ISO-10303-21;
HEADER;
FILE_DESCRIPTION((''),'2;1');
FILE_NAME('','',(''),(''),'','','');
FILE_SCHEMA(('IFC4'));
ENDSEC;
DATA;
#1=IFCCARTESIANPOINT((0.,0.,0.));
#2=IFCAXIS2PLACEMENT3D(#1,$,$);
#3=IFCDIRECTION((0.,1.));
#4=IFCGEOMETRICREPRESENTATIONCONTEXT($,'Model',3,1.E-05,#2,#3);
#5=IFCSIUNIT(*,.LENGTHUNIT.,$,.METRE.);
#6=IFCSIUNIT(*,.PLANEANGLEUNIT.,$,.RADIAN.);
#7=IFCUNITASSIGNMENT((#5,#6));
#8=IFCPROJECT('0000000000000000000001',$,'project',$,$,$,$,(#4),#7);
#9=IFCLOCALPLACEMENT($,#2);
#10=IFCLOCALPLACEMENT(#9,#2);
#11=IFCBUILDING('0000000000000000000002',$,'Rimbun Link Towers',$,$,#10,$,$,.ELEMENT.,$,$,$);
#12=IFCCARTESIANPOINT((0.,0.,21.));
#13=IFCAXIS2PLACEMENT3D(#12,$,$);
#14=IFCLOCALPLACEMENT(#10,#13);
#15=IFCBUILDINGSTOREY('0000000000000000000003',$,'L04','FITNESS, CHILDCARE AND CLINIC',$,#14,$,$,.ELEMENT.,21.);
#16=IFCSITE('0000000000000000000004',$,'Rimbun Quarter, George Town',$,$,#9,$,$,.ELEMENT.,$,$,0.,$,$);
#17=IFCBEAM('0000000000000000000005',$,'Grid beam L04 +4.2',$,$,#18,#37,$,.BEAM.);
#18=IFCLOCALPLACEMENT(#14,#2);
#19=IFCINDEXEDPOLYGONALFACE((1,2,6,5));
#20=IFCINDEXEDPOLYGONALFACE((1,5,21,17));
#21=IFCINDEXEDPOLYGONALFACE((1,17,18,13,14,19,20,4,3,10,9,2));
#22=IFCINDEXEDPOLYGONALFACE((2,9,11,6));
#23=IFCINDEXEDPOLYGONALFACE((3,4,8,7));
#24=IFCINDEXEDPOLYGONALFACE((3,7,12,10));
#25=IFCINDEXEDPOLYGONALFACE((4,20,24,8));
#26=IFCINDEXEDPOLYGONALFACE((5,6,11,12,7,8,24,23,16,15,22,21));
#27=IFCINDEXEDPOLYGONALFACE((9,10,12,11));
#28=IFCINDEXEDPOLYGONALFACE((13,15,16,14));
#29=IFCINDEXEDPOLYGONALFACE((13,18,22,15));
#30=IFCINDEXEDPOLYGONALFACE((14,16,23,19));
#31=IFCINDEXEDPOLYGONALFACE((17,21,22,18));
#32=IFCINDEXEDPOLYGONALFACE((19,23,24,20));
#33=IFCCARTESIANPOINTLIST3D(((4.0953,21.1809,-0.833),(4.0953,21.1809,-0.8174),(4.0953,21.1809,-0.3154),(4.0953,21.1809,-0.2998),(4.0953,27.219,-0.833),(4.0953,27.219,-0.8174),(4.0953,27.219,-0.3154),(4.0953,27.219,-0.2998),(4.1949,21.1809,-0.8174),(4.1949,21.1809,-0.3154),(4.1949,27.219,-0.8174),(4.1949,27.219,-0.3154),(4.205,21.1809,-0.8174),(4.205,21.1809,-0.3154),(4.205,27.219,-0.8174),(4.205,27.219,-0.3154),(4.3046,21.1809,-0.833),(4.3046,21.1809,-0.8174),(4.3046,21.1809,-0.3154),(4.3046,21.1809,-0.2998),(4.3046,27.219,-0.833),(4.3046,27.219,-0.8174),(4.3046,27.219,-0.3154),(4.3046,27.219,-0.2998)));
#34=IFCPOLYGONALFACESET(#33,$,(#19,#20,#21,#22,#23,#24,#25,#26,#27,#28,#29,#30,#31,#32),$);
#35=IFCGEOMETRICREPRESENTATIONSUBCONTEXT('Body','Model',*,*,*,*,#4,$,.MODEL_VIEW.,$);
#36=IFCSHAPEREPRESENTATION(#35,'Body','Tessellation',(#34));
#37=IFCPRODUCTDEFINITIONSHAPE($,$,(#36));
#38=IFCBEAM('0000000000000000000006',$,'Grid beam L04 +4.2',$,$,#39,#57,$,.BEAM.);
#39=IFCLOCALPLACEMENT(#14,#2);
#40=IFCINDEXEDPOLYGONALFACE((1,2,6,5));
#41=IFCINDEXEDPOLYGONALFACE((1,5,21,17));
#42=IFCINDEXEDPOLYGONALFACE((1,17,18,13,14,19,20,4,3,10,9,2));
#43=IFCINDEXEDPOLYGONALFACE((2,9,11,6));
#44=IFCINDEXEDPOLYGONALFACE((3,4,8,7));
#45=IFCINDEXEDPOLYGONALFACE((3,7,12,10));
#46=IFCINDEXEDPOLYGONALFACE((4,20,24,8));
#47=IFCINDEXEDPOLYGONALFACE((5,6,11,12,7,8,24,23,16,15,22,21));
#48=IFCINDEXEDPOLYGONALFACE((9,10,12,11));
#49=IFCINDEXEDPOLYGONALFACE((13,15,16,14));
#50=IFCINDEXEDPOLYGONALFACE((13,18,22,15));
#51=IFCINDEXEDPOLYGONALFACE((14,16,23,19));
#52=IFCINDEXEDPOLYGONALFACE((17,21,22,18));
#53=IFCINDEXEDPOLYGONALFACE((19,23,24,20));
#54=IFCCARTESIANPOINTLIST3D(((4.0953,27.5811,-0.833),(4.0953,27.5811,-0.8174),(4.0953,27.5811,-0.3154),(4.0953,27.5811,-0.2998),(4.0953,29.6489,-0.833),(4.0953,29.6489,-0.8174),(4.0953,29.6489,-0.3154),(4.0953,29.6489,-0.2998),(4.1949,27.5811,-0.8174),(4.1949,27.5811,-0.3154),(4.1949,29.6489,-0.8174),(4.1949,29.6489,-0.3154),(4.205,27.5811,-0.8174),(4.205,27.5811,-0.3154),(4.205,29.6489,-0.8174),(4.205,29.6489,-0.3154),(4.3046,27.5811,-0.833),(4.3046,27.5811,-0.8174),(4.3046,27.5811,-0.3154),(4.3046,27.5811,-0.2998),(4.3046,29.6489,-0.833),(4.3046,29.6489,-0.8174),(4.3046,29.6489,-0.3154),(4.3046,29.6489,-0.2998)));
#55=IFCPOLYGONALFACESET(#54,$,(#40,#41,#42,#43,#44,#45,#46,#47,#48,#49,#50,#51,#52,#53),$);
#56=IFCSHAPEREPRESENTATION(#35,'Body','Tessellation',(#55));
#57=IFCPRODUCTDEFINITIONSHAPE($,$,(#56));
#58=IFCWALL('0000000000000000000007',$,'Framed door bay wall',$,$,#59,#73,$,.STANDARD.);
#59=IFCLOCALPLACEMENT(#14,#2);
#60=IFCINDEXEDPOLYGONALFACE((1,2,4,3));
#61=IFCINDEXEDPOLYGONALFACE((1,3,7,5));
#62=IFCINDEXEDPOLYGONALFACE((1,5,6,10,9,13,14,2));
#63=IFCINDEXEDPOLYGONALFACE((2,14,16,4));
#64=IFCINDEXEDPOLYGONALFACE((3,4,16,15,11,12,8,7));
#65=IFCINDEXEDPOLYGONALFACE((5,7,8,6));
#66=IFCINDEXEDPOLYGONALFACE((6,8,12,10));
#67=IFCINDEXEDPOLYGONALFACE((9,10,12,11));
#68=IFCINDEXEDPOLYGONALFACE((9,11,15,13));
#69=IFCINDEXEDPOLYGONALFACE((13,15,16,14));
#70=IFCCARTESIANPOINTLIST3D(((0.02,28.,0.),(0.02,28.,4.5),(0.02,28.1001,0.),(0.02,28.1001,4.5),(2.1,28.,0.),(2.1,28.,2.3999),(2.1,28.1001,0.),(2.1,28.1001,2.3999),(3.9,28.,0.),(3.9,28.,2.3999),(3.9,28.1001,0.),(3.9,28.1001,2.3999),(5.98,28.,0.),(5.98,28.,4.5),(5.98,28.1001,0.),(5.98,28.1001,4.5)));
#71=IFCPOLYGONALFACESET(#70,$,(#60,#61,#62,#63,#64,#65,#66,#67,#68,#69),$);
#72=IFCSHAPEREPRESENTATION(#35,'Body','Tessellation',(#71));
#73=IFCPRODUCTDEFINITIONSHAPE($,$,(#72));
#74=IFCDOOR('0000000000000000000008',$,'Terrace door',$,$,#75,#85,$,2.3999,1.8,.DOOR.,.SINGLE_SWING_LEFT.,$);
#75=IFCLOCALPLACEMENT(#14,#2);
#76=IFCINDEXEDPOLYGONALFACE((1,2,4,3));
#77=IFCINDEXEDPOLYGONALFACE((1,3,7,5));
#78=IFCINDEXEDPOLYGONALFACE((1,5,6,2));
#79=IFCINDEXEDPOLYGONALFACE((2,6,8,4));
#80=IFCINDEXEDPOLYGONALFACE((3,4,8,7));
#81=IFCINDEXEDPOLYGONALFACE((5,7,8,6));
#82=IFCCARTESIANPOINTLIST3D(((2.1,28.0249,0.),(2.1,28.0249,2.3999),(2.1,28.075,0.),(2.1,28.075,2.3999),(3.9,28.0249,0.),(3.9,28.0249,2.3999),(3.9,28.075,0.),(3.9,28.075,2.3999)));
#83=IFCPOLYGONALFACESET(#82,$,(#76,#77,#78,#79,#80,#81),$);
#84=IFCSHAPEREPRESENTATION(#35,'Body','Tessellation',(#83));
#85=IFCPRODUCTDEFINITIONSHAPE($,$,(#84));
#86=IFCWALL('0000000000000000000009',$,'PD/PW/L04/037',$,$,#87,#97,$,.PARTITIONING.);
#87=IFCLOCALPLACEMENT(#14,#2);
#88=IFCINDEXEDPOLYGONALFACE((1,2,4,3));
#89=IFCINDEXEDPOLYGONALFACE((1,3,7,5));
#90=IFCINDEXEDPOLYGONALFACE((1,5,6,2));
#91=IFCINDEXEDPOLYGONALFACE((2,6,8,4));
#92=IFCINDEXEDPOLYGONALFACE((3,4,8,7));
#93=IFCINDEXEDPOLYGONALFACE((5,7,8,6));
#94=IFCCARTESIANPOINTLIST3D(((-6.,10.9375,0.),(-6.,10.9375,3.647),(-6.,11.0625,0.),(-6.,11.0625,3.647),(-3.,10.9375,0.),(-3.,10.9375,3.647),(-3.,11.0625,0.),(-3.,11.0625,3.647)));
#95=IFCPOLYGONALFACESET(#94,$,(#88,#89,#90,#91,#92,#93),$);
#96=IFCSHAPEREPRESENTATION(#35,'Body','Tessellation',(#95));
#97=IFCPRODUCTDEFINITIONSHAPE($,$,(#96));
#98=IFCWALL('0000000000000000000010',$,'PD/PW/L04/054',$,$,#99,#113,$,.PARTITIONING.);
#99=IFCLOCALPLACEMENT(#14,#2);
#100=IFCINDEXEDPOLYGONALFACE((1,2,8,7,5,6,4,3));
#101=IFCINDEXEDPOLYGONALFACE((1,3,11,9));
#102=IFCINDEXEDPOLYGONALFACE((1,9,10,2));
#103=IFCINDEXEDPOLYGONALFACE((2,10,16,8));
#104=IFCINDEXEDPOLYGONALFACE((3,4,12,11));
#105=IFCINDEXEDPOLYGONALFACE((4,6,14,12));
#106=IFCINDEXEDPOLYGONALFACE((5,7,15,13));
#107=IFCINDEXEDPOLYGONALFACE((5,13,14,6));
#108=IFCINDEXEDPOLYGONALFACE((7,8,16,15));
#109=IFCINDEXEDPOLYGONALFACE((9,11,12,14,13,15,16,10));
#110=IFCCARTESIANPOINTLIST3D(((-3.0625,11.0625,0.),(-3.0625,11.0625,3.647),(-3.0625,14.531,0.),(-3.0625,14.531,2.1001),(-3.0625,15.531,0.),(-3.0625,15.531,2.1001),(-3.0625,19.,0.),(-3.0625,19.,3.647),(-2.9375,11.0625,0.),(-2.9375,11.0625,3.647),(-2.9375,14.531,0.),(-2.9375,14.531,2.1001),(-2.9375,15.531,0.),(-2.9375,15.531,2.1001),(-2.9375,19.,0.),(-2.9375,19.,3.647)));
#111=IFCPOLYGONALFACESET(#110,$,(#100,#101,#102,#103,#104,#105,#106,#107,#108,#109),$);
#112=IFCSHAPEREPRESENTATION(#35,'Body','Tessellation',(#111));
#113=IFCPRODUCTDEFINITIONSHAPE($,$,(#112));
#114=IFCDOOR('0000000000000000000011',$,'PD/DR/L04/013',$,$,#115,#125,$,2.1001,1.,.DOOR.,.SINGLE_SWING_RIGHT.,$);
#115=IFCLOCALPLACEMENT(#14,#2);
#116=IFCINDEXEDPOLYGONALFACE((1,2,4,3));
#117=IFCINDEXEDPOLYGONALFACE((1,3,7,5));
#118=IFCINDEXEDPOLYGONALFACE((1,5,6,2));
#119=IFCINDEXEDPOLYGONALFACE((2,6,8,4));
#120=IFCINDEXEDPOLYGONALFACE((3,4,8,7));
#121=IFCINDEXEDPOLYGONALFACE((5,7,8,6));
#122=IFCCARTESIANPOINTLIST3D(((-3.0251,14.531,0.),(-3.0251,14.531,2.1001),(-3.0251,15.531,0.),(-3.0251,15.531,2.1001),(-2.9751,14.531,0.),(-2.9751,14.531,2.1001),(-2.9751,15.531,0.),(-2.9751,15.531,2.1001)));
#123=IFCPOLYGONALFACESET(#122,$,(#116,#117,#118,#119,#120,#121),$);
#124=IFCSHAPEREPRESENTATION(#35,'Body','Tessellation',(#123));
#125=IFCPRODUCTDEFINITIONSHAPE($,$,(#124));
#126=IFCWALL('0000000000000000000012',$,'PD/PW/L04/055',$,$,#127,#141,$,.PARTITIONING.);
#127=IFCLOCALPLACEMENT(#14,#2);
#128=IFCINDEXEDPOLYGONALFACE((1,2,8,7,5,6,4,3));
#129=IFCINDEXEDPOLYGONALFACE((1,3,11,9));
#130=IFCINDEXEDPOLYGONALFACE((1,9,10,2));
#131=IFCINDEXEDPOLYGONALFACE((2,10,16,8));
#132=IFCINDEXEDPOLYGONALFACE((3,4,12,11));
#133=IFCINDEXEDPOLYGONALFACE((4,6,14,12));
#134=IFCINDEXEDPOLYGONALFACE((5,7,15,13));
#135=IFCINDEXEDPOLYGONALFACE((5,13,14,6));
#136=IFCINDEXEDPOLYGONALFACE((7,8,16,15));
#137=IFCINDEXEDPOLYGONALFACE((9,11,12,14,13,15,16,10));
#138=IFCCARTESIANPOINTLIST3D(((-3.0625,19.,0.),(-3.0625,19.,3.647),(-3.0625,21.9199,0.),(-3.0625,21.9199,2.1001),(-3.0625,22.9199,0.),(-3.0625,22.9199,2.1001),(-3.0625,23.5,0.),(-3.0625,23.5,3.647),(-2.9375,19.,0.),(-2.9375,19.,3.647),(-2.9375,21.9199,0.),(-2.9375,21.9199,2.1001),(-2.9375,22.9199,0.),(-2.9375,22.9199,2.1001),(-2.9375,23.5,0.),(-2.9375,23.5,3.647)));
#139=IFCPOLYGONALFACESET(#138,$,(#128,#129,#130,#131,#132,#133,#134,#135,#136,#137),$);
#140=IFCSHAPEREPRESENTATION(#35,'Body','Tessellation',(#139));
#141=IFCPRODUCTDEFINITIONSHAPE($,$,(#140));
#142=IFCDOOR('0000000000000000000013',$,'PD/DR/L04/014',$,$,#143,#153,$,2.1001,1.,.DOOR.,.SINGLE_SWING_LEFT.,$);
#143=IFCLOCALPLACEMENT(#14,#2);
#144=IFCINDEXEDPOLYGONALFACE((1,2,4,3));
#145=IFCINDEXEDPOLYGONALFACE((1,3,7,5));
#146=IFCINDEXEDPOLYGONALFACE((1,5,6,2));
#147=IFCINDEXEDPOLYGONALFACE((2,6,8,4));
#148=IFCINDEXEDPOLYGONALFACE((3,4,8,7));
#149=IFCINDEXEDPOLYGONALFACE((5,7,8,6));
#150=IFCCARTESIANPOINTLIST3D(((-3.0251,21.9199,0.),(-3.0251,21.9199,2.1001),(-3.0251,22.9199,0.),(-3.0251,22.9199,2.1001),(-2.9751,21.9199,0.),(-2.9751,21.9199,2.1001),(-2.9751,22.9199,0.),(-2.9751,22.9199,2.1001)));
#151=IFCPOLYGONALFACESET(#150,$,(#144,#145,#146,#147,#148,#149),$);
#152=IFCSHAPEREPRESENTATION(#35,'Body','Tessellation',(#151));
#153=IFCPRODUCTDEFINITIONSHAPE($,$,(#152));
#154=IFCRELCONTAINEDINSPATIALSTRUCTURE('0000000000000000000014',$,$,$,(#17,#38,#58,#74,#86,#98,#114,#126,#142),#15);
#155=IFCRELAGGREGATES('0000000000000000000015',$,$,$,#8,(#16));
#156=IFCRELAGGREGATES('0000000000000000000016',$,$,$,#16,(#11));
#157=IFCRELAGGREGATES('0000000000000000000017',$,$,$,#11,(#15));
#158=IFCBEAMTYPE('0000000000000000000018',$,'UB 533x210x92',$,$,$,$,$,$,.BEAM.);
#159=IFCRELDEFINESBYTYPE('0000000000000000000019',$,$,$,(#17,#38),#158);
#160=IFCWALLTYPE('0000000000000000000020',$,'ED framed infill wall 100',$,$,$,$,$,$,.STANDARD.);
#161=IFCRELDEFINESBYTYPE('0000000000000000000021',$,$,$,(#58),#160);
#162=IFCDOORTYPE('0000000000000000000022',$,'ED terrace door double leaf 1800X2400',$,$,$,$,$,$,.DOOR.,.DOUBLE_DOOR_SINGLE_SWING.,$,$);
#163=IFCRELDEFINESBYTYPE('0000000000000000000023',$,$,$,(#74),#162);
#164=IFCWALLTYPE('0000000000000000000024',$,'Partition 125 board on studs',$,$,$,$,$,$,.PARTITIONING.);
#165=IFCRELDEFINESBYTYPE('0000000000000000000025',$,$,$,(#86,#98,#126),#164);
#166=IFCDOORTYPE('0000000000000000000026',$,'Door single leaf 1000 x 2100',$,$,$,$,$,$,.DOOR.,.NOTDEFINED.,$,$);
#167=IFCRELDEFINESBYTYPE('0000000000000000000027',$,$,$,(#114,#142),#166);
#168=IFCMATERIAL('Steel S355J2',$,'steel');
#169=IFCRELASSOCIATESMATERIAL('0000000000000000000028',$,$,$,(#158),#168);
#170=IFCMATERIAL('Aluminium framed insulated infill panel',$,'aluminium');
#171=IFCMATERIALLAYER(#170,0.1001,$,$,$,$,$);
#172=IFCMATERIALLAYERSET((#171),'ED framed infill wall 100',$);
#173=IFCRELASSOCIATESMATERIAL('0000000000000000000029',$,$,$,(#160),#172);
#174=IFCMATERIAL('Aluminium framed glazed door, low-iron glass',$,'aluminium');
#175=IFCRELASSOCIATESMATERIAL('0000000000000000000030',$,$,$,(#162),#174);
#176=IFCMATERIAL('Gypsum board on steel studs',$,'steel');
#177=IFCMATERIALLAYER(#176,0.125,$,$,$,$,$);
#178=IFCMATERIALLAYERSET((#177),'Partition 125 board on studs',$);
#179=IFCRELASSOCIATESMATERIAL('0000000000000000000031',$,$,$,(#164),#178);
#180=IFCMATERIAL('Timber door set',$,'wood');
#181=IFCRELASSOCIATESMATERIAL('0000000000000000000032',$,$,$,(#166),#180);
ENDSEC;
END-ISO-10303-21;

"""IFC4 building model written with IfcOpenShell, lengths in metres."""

from ifc_helpers import new_model, si_unit, direction, frame, frame_2d, origin, origin_2d, place, context, subcontext, project, spatial, rectangle, i_section, extrude, material, layer, layer_set, material_profile, profile_set, type_object, element, fill, save


model = new_model("IFC4")

# Units and contexts
model_context = context("Model", 3, precision=1e-05, world=origin(), true_north=direction((0.0, 1.0)))
body_context = subcontext(model_context, "Body", "Model", "MODEL_VIEW")
ifc_project = project(units=[si_unit("LENGTHUNIT", "METRE"), si_unit("PLANEANGLEUNIT", "RADIAN")], contexts=[model_context])

# Site, building, storey
site_placement = place(None, origin())
site = spatial("IfcSite", under=ifc_project, at=site_placement, Name="Rimbun Quarter, George Town", CompositionType="ELEMENT", RefElevation=0.0)
building_placement = place(site_placement, origin())
building = spatial("IfcBuilding", under=site, at=building_placement, Name="Rimbun Link Towers", CompositionType="ELEMENT")
storey_placement = place(building_placement, frame((0.0, 0.0, 21.0)))
storey = spatial("IfcBuildingStorey", under=building, at=storey_placement, Name="L04", Description="FITNESS, CHILDCARE AND CLINIC", CompositionType="ELEMENT", Elevation=21.0)

# Beams
ifc_material_1 = material(Name="Steel S355J2", Category="steel")
ifc_material_profile_1 = material_profile(ifc_material_1, i_section(OverallWidth=0.2092, OverallDepth=0.5332, WebThickness=0.01, FlangeThickness=0.0156, at=origin_2d()), Name="UB 533x210x92")
ifc_profile_set_1 = profile_set([ifc_material_profile_1], Name="Steel S355J2")
beam_type = type_object("IfcBeamType", Name="UB 533x210x92", PredefinedType="BEAM", material=ifc_profile_set_1)
beam_1_placement = place(storey_placement, frame((4.2, 21.1809, -0.5664), z_axis=(0.0, 1.0, 0.0), x_axis=(-1.0, 0.0, 0.0)))
element("IfcBeam", 1, at=beam_1_placement, inside=storey, type_object=beam_type, Name="Grid beam L04 +4.2", PredefinedType="BEAM", context=body_context, shape_type="SweptSolid", body=[
    extrude(i_section(OverallWidth=0.2092, OverallDepth=0.5332, WebThickness=0.01, FlangeThickness=0.0156, at=origin_2d()), origin(), (0.0, 0.0, 1.0), 6.0381),
])
beam_2_placement = place(storey_placement, frame((4.2, 27.5811, -0.5664), z_axis=(0.0, 1.0, 0.0), x_axis=(-1.0, 0.0, 0.0)))
element("IfcBeam", 2, at=beam_2_placement, inside=storey, type_object=beam_type, Name="Grid beam L04 +4.2", PredefinedType="BEAM", context=body_context, shape_type="SweptSolid", body=[
    extrude(i_section(OverallWidth=0.2092, OverallDepth=0.5332, WebThickness=0.01, FlangeThickness=0.0156, at=origin_2d()), origin(), (0.0, 0.0, 1.0), 2.0679),
])

# Wall, opening, door
ifc_material_2 = material(Name="Aluminium framed insulated infill panel", Category="aluminium")
ifc_layer_1 = layer(ifc_material_2, 0.1001)
ifc_layer_set_1 = layer_set([ifc_layer_1], Name="ED framed infill wall 100")
wall_type_1 = type_object("IfcWallType", Name="ED framed infill wall 100", PredefinedType="STANDARD", material=ifc_layer_set_1)
wall_1_placement = place(storey_placement, frame((0.02, 28.05, 0.0), z_axis=(0.0, 0.0, 1.0), x_axis=(1.0, 0.0, 0.0)))
wall_1 = element("IfcWall", 3, at=wall_1_placement, inside=storey, type_object=wall_type_1, Name="Framed door bay wall", PredefinedType="STANDARD", context=body_context, shape_type="SweptSolid", body=[
    extrude(rectangle(XDim=5.96, YDim=0.1001, at=frame_2d((2.98, 0.0))), origin(), (0.0, 0.0, 1.0), 4.5),
])
opening_1_placement = place(wall_1_placement, frame((2.0801, 0.0, 0.0)))
opening_1 = element("IfcOpeningElement", 4, at=opening_1_placement, cuts=wall_1, PredefinedType="OPENING", context=body_context, shape_type="SweptSolid", body=[
    extrude(rectangle(XDim=1.8, YDim=2.3999, at=frame_2d((0.8999, 1.2))), frame((0.0, 0.0601, 0.0), z_axis=(0.0, -1.0, 0.0), x_axis=(1.0, 0.0, 0.0)), (0.0, 0.0, 1.0), 0.1201),
])
ifc_material_3 = material(Name="Aluminium framed glazed door, low-iron glass", Category="aluminium")
door_type_1 = type_object("IfcDoorType", Name="ED terrace door double leaf 1800X2400", OperationType="DOUBLE_DOOR_SINGLE_SWING", PredefinedType="DOOR", material=ifc_material_3)
door_1_placement = place(opening_1_placement, origin())
door_1 = element("IfcDoor", 5, at=door_1_placement, inside=storey, type_object=door_type_1, Name="Terrace door", OperationType="SINGLE_SWING_LEFT", OverallHeight=2.3999, OverallWidth=1.8, PredefinedType="DOOR", context=body_context, shape_type="SweptSolid", body=[
    extrude(rectangle(XDim=1.8, YDim=2.3999, at=frame_2d((0.8999, 1.2))), frame((0.0, 0.0249, 0.0), z_axis=(0.0, -1.0, 0.0), x_axis=(1.0, 0.0, 0.0)), (0.0, 0.0, 1.0), 0.05),
])
fill(opening_1, door_1)

# Wall
ifc_material_4 = material(Name="Gypsum board on steel studs", Category="steel")
ifc_layer_2 = layer(ifc_material_4, 0.125)
ifc_layer_set_2 = layer_set([ifc_layer_2], Name="Partition 125 board on studs")
wall_type_2 = type_object("IfcWallType", Name="Partition 125 board on studs", PredefinedType="PARTITIONING", material=ifc_layer_set_2)
wall_2_placement = place(storey_placement, frame((-3.0, 11.0, 0.0), z_axis=(0.0, 0.0, 1.0), x_axis=(-1.0, 0.0, 0.0)))
element("IfcWall", 6, at=wall_2_placement, inside=storey, type_object=wall_type_2, Name="PD/PW/L04/037", PredefinedType="PARTITIONING", context=body_context, shape_type="SweptSolid", body=[
    extrude(rectangle(XDim=3.0, YDim=0.125, at=frame_2d((1.5, 0.0))), origin(), (0.0, 0.0, 1.0), 3.647),
])

# Walls, openings, doors
wall_3_placement = place(storey_placement, frame((-3.0, 19.0, 0.0), z_axis=(0.0, 0.0, 1.0), x_axis=(0.0, -1.0, 0.0)))
wall_3 = element("IfcWall", 7, at=wall_3_placement, inside=storey, type_object=wall_type_2, Name="PD/PW/L04/054", PredefinedType="PARTITIONING", context=body_context, shape_type="SweptSolid", body=[
    extrude(rectangle(XDim=7.9375, YDim=0.125, at=frame_2d((3.9688, 0.0))), origin(), (0.0, 0.0, 1.0), 3.647),
])
opening_2_placement = place(wall_3_placement, frame((3.469, 0.0, 0.0)))
opening_2 = element("IfcOpeningElement", 8, at=opening_2_placement, cuts=wall_3, PredefinedType="OPENING", context=body_context, shape_type="SweptSolid", body=[
    extrude(rectangle(XDim=1.0, YDim=2.1001, at=frame_2d((0.5, 1.05))), frame((0.0, 0.0725, 0.0), z_axis=(0.0, -1.0, 0.0), x_axis=(1.0, 0.0, 0.0)), (0.0, 0.0, 1.0), 0.145),
])
ifc_material_5 = material(Name="Timber door set", Category="wood")
door_type_2 = type_object("IfcDoorType", Name="Door single leaf 1000 x 2100", OperationType="NOTDEFINED", PredefinedType="DOOR", material=ifc_material_5)
door_2_placement = place(opening_2_placement, origin())
door_2 = element("IfcDoor", 9, at=door_2_placement, inside=storey, type_object=door_type_2, Name="PD/DR/L04/013", OperationType="SINGLE_SWING_RIGHT", OverallHeight=2.1001, OverallWidth=1.0, PredefinedType="DOOR", context=body_context, shape_type="SweptSolid", body=[
    extrude(rectangle(XDim=1.0, YDim=2.1001, at=frame_2d((0.5, 1.05))), frame((0.0, 0.0249, 0.0), z_axis=(0.0, -1.0, 0.0), x_axis=(1.0, 0.0, 0.0)), (0.0, 0.0, 1.0), 0.05),
])
fill(opening_2, door_2)
wall_4_placement = place(storey_placement, frame((-3.0, 23.5, 0.0), z_axis=(0.0, 0.0, 1.0), x_axis=(0.0, -1.0, 0.0)))
wall_4 = element("IfcWall", 10, at=wall_4_placement, inside=storey, type_object=wall_type_2, Name="PD/PW/L04/055", PredefinedType="PARTITIONING", context=body_context, shape_type="SweptSolid", body=[
    extrude(rectangle(XDim=4.5, YDim=0.125, at=frame_2d((2.25, 0.0))), origin(), (0.0, 0.0, 1.0), 3.647),
])
opening_3_placement = place(wall_4_placement, frame((0.5801, 0.0, 0.0)))
opening_3 = element("IfcOpeningElement", 11, at=opening_3_placement, cuts=wall_4, PredefinedType="OPENING", context=body_context, shape_type="SweptSolid", body=[
    extrude(rectangle(XDim=1.0, YDim=2.1001, at=frame_2d((0.5, 1.05))), frame((0.0, 0.0725, 0.0), z_axis=(0.0, -1.0, 0.0), x_axis=(1.0, 0.0, 0.0)), (0.0, 0.0, 1.0), 0.145),
])
door_3_placement = place(opening_3_placement, origin())
door_3 = element("IfcDoor", 12, at=door_3_placement, inside=storey, type_object=door_type_2, Name="PD/DR/L04/014", OperationType="SINGLE_SWING_LEFT", OverallHeight=2.1001, OverallWidth=1.0, PredefinedType="DOOR", context=body_context, shape_type="SweptSolid", body=[
    extrude(rectangle(XDim=1.0, YDim=2.1001, at=frame_2d((0.5, 1.05))), frame((0.0, 0.0249, 0.0), z_axis=(0.0, -1.0, 0.0), x_axis=(1.0, 0.0, 0.0)), (0.0, 0.0, 1.0), 0.05),
])
fill(opening_3, door_3)

save(model, "model.ifc")
